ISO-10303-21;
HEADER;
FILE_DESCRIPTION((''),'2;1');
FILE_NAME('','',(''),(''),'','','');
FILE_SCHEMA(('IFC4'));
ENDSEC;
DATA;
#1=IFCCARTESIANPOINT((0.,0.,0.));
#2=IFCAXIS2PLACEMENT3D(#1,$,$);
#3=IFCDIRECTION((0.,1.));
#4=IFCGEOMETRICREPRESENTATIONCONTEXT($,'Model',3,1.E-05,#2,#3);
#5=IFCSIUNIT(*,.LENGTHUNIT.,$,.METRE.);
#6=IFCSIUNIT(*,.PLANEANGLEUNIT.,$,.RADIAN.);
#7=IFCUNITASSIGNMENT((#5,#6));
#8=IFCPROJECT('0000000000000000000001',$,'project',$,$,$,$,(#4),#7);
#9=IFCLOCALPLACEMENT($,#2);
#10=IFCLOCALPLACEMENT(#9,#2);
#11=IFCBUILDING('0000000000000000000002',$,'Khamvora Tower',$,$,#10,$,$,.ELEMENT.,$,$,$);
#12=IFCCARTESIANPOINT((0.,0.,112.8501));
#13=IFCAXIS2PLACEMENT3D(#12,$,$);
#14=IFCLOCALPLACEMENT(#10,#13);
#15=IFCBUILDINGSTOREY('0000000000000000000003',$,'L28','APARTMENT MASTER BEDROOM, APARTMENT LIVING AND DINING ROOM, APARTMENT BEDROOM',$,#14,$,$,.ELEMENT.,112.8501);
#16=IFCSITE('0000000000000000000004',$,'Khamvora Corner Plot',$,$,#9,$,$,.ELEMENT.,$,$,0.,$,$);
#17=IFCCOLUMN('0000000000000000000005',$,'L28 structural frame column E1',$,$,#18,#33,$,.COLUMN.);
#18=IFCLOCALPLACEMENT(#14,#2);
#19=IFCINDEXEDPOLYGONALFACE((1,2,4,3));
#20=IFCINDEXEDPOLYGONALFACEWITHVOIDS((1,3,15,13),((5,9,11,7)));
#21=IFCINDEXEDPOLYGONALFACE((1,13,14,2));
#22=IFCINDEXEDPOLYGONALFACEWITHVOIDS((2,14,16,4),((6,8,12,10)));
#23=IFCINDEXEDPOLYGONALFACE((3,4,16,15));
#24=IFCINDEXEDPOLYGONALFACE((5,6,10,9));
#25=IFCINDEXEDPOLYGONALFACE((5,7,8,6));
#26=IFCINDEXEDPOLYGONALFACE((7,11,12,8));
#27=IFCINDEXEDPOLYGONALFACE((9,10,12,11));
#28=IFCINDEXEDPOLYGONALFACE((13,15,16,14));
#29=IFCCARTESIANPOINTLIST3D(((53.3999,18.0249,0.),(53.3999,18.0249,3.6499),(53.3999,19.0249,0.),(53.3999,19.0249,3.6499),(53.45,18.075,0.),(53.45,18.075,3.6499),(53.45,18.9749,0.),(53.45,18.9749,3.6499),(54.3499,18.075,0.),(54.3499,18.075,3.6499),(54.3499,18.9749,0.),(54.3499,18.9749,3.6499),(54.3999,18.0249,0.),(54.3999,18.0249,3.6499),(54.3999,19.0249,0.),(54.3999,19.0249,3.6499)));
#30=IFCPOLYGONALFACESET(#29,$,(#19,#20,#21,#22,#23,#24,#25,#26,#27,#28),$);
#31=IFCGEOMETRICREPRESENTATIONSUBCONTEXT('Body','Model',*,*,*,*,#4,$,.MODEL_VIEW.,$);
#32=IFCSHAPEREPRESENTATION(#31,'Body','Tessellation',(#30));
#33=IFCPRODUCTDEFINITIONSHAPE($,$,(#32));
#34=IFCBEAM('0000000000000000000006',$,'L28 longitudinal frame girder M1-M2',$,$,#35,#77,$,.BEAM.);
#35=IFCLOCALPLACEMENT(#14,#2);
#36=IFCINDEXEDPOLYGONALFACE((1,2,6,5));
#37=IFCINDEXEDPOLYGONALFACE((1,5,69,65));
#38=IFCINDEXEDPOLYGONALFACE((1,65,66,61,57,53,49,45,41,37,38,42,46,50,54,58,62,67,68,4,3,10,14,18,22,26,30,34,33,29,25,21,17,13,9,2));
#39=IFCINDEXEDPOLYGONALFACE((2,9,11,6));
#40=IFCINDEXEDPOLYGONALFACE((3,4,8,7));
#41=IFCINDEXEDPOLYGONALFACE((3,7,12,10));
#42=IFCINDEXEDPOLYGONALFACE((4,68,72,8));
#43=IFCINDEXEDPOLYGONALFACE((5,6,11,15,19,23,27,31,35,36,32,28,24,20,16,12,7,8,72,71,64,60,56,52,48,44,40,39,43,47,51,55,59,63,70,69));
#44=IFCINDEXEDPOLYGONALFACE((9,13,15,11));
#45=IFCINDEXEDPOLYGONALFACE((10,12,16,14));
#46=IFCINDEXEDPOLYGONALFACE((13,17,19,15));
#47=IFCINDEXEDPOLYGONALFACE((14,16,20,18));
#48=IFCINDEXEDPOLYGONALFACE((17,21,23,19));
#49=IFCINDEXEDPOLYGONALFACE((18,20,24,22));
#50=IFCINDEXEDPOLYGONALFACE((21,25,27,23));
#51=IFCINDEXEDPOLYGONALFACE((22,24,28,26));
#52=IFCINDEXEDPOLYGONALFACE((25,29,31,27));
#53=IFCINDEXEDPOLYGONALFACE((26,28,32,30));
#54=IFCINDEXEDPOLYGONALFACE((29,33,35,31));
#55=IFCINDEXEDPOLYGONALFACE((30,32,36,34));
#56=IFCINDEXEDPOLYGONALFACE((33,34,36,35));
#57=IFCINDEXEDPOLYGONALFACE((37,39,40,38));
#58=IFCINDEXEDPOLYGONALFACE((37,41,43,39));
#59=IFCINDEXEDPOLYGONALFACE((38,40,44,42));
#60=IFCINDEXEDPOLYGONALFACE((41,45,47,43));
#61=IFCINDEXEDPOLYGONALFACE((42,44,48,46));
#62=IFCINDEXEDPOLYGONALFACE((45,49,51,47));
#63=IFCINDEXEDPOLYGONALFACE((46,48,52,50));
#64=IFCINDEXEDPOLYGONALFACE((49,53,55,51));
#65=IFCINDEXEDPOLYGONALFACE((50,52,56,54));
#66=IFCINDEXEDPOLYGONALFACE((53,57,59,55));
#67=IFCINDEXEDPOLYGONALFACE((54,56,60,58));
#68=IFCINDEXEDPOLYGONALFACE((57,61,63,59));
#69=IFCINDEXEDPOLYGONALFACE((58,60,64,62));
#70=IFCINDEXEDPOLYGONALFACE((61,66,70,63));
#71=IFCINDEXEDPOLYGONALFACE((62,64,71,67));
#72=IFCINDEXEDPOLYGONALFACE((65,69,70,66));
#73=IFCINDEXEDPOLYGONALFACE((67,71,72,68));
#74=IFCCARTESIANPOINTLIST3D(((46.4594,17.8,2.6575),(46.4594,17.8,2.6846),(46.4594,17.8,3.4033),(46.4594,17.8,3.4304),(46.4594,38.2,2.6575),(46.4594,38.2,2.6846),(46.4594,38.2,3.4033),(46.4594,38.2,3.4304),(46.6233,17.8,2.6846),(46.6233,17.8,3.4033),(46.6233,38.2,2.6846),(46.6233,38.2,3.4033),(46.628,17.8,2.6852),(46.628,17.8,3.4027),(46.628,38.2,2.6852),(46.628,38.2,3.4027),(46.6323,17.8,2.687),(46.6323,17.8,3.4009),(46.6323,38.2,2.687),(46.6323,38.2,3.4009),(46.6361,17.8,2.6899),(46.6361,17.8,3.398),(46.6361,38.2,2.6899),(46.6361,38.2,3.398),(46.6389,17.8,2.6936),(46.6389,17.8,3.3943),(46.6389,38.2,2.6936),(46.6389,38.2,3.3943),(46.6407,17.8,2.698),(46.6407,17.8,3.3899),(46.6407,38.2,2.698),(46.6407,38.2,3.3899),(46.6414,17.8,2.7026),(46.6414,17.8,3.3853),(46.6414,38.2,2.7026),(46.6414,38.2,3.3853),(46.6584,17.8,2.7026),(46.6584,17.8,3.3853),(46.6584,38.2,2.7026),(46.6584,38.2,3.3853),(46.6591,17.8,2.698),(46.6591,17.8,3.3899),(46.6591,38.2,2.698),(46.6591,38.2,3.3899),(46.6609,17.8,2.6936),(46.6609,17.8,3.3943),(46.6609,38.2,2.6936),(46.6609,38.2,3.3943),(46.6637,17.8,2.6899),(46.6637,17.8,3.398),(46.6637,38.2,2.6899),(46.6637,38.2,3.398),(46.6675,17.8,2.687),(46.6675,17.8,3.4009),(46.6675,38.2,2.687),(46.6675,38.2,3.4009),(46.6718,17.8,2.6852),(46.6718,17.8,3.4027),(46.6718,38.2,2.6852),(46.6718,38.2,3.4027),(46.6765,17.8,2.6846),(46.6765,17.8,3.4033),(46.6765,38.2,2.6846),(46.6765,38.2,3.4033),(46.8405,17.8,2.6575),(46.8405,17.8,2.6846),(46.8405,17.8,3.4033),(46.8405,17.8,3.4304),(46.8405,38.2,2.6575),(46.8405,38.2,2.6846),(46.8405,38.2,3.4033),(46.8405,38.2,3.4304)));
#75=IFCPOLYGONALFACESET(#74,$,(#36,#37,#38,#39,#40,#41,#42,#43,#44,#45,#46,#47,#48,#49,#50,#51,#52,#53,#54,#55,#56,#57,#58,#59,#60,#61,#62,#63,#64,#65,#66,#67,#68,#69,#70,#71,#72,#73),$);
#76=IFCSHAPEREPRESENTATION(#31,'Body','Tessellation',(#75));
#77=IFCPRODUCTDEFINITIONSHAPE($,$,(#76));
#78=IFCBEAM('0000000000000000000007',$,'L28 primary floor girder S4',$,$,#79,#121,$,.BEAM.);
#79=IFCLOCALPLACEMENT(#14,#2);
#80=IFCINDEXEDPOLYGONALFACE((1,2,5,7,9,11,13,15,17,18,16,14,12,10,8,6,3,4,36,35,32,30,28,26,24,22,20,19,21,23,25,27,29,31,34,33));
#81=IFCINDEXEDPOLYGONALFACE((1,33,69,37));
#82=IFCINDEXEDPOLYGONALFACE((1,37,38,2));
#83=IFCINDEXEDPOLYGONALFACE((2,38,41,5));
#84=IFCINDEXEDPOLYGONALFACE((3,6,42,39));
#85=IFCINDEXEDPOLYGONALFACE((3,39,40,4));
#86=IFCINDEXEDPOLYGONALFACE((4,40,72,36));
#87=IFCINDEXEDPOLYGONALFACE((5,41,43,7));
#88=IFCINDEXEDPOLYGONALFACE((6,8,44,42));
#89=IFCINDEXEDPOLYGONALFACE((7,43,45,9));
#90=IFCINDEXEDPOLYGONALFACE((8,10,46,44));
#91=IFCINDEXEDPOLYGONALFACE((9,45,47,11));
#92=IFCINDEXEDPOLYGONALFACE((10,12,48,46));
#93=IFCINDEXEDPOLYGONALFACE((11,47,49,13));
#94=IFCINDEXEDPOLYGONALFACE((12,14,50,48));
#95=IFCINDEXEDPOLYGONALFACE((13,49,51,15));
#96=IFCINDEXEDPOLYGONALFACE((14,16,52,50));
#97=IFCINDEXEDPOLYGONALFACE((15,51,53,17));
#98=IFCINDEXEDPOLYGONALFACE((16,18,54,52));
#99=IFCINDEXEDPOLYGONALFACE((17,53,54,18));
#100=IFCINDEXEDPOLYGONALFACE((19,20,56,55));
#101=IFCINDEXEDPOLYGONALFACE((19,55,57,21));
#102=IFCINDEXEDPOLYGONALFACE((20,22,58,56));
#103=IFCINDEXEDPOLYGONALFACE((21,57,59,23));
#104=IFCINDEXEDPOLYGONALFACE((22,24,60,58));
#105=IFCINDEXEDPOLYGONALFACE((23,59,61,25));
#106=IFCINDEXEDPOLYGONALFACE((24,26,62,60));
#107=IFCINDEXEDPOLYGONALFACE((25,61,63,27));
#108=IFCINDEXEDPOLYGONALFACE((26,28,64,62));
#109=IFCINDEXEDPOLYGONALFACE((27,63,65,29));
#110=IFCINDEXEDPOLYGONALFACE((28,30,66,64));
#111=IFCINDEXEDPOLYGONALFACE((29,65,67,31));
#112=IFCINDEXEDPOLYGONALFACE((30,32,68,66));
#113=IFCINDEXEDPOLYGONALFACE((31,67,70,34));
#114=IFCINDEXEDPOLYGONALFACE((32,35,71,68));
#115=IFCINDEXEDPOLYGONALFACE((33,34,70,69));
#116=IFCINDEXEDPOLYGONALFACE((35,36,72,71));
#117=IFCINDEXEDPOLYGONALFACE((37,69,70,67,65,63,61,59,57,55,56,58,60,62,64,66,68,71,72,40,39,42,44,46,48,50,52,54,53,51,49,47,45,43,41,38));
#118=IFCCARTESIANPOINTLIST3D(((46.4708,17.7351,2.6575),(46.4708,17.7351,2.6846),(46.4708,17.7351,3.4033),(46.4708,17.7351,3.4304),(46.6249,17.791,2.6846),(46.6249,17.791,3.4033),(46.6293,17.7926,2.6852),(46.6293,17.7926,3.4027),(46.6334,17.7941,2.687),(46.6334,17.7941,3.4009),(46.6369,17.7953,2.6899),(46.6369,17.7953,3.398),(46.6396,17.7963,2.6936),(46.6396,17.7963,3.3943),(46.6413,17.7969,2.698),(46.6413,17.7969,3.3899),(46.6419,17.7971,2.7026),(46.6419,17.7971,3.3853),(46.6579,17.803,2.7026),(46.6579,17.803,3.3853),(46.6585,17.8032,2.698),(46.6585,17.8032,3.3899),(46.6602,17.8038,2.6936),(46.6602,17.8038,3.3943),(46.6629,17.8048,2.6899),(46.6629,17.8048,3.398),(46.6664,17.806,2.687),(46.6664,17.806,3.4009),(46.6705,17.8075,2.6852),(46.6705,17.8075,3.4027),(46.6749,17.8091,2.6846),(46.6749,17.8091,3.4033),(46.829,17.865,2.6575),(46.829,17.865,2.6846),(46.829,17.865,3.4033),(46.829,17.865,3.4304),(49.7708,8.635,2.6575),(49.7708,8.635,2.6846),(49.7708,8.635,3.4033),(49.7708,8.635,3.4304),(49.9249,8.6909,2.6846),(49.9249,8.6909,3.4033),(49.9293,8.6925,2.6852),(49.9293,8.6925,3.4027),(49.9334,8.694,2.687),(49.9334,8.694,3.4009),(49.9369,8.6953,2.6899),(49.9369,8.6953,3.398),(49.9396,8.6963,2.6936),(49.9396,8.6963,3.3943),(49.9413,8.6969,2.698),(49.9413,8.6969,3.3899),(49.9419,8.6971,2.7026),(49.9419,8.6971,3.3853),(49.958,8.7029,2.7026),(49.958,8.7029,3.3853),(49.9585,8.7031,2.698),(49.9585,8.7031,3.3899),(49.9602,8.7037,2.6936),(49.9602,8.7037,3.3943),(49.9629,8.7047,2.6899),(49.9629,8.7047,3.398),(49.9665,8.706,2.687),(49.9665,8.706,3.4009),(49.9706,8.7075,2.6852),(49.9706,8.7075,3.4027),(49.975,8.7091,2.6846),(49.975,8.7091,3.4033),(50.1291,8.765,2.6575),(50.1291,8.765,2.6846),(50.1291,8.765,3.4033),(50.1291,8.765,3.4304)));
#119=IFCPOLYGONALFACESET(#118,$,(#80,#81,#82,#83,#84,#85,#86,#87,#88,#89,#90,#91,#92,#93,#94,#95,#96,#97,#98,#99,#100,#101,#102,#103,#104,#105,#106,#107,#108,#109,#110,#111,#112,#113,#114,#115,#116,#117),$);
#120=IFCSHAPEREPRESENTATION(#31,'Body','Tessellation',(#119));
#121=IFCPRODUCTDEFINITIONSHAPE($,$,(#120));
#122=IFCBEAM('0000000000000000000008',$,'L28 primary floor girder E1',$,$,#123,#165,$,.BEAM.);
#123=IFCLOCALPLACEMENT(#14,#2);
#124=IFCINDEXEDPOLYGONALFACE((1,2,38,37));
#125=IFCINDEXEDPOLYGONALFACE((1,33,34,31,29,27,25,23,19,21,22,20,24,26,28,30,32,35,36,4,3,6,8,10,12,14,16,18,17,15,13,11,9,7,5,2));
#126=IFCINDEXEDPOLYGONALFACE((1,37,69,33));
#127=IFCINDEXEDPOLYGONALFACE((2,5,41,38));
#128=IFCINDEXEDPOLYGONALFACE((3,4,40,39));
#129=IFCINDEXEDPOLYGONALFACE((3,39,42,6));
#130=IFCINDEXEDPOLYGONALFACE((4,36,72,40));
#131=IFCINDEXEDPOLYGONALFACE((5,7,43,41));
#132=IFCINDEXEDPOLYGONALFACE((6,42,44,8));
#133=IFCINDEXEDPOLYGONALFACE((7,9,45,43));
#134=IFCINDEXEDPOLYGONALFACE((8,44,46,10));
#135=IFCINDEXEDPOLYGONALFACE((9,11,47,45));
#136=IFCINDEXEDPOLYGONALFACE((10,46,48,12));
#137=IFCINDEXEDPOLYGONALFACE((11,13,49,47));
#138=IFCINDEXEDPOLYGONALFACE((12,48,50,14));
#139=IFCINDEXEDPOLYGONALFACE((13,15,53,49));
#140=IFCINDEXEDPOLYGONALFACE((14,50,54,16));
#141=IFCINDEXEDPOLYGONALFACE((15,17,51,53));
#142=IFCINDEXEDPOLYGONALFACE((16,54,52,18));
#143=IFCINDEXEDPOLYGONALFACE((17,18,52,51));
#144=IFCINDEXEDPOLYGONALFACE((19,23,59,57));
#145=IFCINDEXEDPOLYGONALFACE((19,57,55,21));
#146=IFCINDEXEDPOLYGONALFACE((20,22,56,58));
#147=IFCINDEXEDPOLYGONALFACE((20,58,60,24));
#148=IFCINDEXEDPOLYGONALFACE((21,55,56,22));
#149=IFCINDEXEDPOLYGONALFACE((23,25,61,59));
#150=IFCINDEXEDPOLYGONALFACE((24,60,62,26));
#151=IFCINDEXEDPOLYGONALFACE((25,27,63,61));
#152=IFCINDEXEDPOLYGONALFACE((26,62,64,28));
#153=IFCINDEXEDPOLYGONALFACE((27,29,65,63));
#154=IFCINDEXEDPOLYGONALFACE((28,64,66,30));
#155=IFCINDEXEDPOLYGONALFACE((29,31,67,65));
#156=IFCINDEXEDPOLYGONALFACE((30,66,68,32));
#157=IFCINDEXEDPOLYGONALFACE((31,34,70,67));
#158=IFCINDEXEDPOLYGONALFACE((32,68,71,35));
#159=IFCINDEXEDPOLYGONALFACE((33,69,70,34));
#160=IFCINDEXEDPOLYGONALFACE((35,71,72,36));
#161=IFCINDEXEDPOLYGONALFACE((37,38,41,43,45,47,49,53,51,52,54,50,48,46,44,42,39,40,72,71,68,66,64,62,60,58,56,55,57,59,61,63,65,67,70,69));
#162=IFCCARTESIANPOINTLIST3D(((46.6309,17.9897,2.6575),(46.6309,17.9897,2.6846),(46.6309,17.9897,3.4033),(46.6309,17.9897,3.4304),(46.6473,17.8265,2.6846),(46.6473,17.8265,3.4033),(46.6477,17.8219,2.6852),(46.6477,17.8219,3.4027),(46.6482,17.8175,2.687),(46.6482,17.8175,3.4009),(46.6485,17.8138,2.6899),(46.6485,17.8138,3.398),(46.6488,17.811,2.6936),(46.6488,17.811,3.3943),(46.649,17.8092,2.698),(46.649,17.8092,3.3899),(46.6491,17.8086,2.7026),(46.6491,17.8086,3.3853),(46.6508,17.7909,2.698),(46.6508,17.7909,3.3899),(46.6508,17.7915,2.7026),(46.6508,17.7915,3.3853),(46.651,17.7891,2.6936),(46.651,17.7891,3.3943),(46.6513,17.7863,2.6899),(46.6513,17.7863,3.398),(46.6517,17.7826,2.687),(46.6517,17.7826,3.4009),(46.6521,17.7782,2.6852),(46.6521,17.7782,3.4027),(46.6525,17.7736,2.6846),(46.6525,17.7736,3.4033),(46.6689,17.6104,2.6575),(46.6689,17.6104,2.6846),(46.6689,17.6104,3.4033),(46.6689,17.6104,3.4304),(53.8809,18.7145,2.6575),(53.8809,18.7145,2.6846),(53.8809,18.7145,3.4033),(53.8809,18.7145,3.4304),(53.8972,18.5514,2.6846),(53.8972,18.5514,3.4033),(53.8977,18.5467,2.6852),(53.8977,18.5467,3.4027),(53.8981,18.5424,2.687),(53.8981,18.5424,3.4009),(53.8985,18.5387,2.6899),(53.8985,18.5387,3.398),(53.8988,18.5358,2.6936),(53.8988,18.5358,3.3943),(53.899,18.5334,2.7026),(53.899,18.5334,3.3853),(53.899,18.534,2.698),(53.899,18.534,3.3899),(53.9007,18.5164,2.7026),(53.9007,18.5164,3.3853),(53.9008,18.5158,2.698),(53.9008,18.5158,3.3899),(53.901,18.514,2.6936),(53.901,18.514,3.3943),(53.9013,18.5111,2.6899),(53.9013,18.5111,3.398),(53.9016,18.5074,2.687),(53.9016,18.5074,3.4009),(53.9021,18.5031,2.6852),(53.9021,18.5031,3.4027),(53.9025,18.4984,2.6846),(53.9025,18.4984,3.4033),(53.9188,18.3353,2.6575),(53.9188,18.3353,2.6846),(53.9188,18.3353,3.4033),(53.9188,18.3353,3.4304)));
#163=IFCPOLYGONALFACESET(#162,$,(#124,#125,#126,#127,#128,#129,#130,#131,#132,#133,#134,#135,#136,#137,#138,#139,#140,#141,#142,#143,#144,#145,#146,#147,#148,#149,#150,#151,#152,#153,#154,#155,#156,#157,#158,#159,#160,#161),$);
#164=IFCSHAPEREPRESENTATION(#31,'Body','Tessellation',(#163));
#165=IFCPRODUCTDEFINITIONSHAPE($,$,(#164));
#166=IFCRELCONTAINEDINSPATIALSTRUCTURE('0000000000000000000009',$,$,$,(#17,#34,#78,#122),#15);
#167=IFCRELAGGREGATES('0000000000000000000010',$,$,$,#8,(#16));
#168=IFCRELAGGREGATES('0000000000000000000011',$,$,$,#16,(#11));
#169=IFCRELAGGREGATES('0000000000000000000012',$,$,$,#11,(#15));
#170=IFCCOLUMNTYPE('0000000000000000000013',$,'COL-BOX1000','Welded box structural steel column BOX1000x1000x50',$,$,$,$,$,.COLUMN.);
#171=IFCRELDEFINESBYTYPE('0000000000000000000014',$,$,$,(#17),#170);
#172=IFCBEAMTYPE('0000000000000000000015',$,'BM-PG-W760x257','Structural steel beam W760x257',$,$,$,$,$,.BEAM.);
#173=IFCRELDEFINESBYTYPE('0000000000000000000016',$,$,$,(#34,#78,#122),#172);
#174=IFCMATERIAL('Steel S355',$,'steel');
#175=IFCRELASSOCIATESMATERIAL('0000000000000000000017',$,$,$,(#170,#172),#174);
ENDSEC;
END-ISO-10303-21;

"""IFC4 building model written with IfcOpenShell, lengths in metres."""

from ifc_helpers import new_model, si_unit, direction, frame, origin, origin_2d, place, context, subcontext, project, spatial, hollow_rectangle, i_section, extrude, material, material_profile, profile_set, type_object, element, save


model = new_model("IFC4")

# Units and contexts
model_context = context("Model", 3, precision=1e-05, world=origin(), true_north=direction((0.0, 1.0)))
body_context = subcontext(model_context, "Body", "Model", "MODEL_VIEW")
ifc_project = project(units=[si_unit("LENGTHUNIT", "METRE"), si_unit("PLANEANGLEUNIT", "RADIAN")], contexts=[model_context])

# Site, building, storey
site_placement = place(None, origin())
site = spatial("IfcSite", under=ifc_project, at=site_placement, Name="Khamvora Corner Plot", CompositionType="ELEMENT", RefElevation=0.0)
building_placement = place(site_placement, origin())
building = spatial("IfcBuilding", under=site, at=building_placement, Name="Khamvora Tower", CompositionType="ELEMENT")
storey_placement = place(building_placement, frame((0.0, 0.0, 112.8501)))
storey = spatial("IfcBuildingStorey", under=building, at=storey_placement, Name="L28", Description="APARTMENT MASTER BEDROOM, APARTMENT LIVING AND DINING ROOM, APARTMENT BEDROOM", CompositionType="ELEMENT", Elevation=112.8501)

# Column
ifc_material_1 = material(Name="Steel S355", Category="steel")
ifc_material_profile_1 = material_profile(ifc_material_1, hollow_rectangle(XDim=1.0, YDim=1.0, WallThickness=0.05, at=origin_2d()), Name="BOX1000x1000x50")
ifc_profile_set_1 = profile_set([ifc_material_profile_1], Name="Steel S355")
column_type = type_object("IfcColumnType", Name="COL-BOX1000", Description="Welded box structural steel column BOX1000x1000x50", PredefinedType="COLUMN", material=ifc_profile_set_1)
column_placement = place(storey_placement, frame((53.8999, 18.5249, 0.0), z_axis=(0.0, 0.0, 1.0), x_axis=(1.0, 0.0, 0.0)))
element("IfcColumn", 1, at=column_placement, inside=storey, type_object=column_type, Name="L28 structural frame column E1", PredefinedType="COLUMN", context=body_context, shape_type="SweptSolid", body=[
    extrude(hollow_rectangle(XDim=1.0, YDim=1.0, WallThickness=0.05, at=origin_2d()), origin(), (0.0, 0.0, 1.0), 3.6499),
])

# Beams
ifc_material_profile_2 = material_profile(ifc_material_1, i_section(OverallWidth=0.3811, OverallDepth=0.7729, WebThickness=0.0171, FlangeThickness=0.0271, FilletRadius=0.0181, at=origin_2d()), Name="W760x257")
ifc_profile_set_2 = profile_set([ifc_material_profile_2], Name="Steel S355")
beam_type_1 = type_object("IfcBeamType", Name="BM-PG-W760x257", Description="Structural steel beam W760x257", PredefinedType="BEAM", material=ifc_profile_set_2)
beam_1_placement = place(storey_placement, frame((46.6499, 17.8, 3.0439), z_axis=(0.0, 1.0, 0.0), x_axis=(-1.0, 0.0, 0.0)))
element("IfcBeam", 2, at=beam_1_placement, inside=storey, type_object=beam_type_1, Name="L28 longitudinal frame girder M1-M2", PredefinedType="BEAM", context=body_context, shape_type="SweptSolid", body=[
    extrude(i_section(OverallWidth=0.3811, OverallDepth=0.7729, WebThickness=0.0171, FlangeThickness=0.0271, FilletRadius=0.0181, at=origin_2d()), origin(), (0.0, 0.0, 1.0), 20.3999),
])
beam_2_placement = place(storey_placement, frame((46.6499, 17.8, 3.0439), z_axis=(0.340915, -0.940094, 0.0), x_axis=(0.940094, 0.340915, 0.0)))
element("IfcBeam", 3, at=beam_2_placement, inside=storey, type_object=beam_type_1, Name="L28 primary floor girder S4", PredefinedType="BEAM", context=body_context, shape_type="SweptSolid", body=[
    extrude(i_section(OverallWidth=0.3811, OverallDepth=0.7729, WebThickness=0.0171, FlangeThickness=0.0271, FilletRadius=0.0181, at=origin_2d()), origin(), (0.0, 0.0, 1.0), 9.6799),
])
beam_3_placement = place(storey_placement, frame((46.6499, 17.8, 3.0439), z_axis=(0.995039, 0.099484, 0.0), x_axis=(-0.099484, 0.995039, 0.0)))
element("IfcBeam", 4, at=beam_3_placement, inside=storey, type_object=beam_type_1, Name="L28 primary floor girder E1", PredefinedType="BEAM", context=body_context, shape_type="SweptSolid", body=[
    extrude(i_section(OverallWidth=0.3811, OverallDepth=0.7729, WebThickness=0.0171, FlangeThickness=0.0271, FilletRadius=0.0181, at=origin_2d()), origin(), (0.0, 0.0, 1.0), 7.2861),
])

save(model, "model.ifc")
